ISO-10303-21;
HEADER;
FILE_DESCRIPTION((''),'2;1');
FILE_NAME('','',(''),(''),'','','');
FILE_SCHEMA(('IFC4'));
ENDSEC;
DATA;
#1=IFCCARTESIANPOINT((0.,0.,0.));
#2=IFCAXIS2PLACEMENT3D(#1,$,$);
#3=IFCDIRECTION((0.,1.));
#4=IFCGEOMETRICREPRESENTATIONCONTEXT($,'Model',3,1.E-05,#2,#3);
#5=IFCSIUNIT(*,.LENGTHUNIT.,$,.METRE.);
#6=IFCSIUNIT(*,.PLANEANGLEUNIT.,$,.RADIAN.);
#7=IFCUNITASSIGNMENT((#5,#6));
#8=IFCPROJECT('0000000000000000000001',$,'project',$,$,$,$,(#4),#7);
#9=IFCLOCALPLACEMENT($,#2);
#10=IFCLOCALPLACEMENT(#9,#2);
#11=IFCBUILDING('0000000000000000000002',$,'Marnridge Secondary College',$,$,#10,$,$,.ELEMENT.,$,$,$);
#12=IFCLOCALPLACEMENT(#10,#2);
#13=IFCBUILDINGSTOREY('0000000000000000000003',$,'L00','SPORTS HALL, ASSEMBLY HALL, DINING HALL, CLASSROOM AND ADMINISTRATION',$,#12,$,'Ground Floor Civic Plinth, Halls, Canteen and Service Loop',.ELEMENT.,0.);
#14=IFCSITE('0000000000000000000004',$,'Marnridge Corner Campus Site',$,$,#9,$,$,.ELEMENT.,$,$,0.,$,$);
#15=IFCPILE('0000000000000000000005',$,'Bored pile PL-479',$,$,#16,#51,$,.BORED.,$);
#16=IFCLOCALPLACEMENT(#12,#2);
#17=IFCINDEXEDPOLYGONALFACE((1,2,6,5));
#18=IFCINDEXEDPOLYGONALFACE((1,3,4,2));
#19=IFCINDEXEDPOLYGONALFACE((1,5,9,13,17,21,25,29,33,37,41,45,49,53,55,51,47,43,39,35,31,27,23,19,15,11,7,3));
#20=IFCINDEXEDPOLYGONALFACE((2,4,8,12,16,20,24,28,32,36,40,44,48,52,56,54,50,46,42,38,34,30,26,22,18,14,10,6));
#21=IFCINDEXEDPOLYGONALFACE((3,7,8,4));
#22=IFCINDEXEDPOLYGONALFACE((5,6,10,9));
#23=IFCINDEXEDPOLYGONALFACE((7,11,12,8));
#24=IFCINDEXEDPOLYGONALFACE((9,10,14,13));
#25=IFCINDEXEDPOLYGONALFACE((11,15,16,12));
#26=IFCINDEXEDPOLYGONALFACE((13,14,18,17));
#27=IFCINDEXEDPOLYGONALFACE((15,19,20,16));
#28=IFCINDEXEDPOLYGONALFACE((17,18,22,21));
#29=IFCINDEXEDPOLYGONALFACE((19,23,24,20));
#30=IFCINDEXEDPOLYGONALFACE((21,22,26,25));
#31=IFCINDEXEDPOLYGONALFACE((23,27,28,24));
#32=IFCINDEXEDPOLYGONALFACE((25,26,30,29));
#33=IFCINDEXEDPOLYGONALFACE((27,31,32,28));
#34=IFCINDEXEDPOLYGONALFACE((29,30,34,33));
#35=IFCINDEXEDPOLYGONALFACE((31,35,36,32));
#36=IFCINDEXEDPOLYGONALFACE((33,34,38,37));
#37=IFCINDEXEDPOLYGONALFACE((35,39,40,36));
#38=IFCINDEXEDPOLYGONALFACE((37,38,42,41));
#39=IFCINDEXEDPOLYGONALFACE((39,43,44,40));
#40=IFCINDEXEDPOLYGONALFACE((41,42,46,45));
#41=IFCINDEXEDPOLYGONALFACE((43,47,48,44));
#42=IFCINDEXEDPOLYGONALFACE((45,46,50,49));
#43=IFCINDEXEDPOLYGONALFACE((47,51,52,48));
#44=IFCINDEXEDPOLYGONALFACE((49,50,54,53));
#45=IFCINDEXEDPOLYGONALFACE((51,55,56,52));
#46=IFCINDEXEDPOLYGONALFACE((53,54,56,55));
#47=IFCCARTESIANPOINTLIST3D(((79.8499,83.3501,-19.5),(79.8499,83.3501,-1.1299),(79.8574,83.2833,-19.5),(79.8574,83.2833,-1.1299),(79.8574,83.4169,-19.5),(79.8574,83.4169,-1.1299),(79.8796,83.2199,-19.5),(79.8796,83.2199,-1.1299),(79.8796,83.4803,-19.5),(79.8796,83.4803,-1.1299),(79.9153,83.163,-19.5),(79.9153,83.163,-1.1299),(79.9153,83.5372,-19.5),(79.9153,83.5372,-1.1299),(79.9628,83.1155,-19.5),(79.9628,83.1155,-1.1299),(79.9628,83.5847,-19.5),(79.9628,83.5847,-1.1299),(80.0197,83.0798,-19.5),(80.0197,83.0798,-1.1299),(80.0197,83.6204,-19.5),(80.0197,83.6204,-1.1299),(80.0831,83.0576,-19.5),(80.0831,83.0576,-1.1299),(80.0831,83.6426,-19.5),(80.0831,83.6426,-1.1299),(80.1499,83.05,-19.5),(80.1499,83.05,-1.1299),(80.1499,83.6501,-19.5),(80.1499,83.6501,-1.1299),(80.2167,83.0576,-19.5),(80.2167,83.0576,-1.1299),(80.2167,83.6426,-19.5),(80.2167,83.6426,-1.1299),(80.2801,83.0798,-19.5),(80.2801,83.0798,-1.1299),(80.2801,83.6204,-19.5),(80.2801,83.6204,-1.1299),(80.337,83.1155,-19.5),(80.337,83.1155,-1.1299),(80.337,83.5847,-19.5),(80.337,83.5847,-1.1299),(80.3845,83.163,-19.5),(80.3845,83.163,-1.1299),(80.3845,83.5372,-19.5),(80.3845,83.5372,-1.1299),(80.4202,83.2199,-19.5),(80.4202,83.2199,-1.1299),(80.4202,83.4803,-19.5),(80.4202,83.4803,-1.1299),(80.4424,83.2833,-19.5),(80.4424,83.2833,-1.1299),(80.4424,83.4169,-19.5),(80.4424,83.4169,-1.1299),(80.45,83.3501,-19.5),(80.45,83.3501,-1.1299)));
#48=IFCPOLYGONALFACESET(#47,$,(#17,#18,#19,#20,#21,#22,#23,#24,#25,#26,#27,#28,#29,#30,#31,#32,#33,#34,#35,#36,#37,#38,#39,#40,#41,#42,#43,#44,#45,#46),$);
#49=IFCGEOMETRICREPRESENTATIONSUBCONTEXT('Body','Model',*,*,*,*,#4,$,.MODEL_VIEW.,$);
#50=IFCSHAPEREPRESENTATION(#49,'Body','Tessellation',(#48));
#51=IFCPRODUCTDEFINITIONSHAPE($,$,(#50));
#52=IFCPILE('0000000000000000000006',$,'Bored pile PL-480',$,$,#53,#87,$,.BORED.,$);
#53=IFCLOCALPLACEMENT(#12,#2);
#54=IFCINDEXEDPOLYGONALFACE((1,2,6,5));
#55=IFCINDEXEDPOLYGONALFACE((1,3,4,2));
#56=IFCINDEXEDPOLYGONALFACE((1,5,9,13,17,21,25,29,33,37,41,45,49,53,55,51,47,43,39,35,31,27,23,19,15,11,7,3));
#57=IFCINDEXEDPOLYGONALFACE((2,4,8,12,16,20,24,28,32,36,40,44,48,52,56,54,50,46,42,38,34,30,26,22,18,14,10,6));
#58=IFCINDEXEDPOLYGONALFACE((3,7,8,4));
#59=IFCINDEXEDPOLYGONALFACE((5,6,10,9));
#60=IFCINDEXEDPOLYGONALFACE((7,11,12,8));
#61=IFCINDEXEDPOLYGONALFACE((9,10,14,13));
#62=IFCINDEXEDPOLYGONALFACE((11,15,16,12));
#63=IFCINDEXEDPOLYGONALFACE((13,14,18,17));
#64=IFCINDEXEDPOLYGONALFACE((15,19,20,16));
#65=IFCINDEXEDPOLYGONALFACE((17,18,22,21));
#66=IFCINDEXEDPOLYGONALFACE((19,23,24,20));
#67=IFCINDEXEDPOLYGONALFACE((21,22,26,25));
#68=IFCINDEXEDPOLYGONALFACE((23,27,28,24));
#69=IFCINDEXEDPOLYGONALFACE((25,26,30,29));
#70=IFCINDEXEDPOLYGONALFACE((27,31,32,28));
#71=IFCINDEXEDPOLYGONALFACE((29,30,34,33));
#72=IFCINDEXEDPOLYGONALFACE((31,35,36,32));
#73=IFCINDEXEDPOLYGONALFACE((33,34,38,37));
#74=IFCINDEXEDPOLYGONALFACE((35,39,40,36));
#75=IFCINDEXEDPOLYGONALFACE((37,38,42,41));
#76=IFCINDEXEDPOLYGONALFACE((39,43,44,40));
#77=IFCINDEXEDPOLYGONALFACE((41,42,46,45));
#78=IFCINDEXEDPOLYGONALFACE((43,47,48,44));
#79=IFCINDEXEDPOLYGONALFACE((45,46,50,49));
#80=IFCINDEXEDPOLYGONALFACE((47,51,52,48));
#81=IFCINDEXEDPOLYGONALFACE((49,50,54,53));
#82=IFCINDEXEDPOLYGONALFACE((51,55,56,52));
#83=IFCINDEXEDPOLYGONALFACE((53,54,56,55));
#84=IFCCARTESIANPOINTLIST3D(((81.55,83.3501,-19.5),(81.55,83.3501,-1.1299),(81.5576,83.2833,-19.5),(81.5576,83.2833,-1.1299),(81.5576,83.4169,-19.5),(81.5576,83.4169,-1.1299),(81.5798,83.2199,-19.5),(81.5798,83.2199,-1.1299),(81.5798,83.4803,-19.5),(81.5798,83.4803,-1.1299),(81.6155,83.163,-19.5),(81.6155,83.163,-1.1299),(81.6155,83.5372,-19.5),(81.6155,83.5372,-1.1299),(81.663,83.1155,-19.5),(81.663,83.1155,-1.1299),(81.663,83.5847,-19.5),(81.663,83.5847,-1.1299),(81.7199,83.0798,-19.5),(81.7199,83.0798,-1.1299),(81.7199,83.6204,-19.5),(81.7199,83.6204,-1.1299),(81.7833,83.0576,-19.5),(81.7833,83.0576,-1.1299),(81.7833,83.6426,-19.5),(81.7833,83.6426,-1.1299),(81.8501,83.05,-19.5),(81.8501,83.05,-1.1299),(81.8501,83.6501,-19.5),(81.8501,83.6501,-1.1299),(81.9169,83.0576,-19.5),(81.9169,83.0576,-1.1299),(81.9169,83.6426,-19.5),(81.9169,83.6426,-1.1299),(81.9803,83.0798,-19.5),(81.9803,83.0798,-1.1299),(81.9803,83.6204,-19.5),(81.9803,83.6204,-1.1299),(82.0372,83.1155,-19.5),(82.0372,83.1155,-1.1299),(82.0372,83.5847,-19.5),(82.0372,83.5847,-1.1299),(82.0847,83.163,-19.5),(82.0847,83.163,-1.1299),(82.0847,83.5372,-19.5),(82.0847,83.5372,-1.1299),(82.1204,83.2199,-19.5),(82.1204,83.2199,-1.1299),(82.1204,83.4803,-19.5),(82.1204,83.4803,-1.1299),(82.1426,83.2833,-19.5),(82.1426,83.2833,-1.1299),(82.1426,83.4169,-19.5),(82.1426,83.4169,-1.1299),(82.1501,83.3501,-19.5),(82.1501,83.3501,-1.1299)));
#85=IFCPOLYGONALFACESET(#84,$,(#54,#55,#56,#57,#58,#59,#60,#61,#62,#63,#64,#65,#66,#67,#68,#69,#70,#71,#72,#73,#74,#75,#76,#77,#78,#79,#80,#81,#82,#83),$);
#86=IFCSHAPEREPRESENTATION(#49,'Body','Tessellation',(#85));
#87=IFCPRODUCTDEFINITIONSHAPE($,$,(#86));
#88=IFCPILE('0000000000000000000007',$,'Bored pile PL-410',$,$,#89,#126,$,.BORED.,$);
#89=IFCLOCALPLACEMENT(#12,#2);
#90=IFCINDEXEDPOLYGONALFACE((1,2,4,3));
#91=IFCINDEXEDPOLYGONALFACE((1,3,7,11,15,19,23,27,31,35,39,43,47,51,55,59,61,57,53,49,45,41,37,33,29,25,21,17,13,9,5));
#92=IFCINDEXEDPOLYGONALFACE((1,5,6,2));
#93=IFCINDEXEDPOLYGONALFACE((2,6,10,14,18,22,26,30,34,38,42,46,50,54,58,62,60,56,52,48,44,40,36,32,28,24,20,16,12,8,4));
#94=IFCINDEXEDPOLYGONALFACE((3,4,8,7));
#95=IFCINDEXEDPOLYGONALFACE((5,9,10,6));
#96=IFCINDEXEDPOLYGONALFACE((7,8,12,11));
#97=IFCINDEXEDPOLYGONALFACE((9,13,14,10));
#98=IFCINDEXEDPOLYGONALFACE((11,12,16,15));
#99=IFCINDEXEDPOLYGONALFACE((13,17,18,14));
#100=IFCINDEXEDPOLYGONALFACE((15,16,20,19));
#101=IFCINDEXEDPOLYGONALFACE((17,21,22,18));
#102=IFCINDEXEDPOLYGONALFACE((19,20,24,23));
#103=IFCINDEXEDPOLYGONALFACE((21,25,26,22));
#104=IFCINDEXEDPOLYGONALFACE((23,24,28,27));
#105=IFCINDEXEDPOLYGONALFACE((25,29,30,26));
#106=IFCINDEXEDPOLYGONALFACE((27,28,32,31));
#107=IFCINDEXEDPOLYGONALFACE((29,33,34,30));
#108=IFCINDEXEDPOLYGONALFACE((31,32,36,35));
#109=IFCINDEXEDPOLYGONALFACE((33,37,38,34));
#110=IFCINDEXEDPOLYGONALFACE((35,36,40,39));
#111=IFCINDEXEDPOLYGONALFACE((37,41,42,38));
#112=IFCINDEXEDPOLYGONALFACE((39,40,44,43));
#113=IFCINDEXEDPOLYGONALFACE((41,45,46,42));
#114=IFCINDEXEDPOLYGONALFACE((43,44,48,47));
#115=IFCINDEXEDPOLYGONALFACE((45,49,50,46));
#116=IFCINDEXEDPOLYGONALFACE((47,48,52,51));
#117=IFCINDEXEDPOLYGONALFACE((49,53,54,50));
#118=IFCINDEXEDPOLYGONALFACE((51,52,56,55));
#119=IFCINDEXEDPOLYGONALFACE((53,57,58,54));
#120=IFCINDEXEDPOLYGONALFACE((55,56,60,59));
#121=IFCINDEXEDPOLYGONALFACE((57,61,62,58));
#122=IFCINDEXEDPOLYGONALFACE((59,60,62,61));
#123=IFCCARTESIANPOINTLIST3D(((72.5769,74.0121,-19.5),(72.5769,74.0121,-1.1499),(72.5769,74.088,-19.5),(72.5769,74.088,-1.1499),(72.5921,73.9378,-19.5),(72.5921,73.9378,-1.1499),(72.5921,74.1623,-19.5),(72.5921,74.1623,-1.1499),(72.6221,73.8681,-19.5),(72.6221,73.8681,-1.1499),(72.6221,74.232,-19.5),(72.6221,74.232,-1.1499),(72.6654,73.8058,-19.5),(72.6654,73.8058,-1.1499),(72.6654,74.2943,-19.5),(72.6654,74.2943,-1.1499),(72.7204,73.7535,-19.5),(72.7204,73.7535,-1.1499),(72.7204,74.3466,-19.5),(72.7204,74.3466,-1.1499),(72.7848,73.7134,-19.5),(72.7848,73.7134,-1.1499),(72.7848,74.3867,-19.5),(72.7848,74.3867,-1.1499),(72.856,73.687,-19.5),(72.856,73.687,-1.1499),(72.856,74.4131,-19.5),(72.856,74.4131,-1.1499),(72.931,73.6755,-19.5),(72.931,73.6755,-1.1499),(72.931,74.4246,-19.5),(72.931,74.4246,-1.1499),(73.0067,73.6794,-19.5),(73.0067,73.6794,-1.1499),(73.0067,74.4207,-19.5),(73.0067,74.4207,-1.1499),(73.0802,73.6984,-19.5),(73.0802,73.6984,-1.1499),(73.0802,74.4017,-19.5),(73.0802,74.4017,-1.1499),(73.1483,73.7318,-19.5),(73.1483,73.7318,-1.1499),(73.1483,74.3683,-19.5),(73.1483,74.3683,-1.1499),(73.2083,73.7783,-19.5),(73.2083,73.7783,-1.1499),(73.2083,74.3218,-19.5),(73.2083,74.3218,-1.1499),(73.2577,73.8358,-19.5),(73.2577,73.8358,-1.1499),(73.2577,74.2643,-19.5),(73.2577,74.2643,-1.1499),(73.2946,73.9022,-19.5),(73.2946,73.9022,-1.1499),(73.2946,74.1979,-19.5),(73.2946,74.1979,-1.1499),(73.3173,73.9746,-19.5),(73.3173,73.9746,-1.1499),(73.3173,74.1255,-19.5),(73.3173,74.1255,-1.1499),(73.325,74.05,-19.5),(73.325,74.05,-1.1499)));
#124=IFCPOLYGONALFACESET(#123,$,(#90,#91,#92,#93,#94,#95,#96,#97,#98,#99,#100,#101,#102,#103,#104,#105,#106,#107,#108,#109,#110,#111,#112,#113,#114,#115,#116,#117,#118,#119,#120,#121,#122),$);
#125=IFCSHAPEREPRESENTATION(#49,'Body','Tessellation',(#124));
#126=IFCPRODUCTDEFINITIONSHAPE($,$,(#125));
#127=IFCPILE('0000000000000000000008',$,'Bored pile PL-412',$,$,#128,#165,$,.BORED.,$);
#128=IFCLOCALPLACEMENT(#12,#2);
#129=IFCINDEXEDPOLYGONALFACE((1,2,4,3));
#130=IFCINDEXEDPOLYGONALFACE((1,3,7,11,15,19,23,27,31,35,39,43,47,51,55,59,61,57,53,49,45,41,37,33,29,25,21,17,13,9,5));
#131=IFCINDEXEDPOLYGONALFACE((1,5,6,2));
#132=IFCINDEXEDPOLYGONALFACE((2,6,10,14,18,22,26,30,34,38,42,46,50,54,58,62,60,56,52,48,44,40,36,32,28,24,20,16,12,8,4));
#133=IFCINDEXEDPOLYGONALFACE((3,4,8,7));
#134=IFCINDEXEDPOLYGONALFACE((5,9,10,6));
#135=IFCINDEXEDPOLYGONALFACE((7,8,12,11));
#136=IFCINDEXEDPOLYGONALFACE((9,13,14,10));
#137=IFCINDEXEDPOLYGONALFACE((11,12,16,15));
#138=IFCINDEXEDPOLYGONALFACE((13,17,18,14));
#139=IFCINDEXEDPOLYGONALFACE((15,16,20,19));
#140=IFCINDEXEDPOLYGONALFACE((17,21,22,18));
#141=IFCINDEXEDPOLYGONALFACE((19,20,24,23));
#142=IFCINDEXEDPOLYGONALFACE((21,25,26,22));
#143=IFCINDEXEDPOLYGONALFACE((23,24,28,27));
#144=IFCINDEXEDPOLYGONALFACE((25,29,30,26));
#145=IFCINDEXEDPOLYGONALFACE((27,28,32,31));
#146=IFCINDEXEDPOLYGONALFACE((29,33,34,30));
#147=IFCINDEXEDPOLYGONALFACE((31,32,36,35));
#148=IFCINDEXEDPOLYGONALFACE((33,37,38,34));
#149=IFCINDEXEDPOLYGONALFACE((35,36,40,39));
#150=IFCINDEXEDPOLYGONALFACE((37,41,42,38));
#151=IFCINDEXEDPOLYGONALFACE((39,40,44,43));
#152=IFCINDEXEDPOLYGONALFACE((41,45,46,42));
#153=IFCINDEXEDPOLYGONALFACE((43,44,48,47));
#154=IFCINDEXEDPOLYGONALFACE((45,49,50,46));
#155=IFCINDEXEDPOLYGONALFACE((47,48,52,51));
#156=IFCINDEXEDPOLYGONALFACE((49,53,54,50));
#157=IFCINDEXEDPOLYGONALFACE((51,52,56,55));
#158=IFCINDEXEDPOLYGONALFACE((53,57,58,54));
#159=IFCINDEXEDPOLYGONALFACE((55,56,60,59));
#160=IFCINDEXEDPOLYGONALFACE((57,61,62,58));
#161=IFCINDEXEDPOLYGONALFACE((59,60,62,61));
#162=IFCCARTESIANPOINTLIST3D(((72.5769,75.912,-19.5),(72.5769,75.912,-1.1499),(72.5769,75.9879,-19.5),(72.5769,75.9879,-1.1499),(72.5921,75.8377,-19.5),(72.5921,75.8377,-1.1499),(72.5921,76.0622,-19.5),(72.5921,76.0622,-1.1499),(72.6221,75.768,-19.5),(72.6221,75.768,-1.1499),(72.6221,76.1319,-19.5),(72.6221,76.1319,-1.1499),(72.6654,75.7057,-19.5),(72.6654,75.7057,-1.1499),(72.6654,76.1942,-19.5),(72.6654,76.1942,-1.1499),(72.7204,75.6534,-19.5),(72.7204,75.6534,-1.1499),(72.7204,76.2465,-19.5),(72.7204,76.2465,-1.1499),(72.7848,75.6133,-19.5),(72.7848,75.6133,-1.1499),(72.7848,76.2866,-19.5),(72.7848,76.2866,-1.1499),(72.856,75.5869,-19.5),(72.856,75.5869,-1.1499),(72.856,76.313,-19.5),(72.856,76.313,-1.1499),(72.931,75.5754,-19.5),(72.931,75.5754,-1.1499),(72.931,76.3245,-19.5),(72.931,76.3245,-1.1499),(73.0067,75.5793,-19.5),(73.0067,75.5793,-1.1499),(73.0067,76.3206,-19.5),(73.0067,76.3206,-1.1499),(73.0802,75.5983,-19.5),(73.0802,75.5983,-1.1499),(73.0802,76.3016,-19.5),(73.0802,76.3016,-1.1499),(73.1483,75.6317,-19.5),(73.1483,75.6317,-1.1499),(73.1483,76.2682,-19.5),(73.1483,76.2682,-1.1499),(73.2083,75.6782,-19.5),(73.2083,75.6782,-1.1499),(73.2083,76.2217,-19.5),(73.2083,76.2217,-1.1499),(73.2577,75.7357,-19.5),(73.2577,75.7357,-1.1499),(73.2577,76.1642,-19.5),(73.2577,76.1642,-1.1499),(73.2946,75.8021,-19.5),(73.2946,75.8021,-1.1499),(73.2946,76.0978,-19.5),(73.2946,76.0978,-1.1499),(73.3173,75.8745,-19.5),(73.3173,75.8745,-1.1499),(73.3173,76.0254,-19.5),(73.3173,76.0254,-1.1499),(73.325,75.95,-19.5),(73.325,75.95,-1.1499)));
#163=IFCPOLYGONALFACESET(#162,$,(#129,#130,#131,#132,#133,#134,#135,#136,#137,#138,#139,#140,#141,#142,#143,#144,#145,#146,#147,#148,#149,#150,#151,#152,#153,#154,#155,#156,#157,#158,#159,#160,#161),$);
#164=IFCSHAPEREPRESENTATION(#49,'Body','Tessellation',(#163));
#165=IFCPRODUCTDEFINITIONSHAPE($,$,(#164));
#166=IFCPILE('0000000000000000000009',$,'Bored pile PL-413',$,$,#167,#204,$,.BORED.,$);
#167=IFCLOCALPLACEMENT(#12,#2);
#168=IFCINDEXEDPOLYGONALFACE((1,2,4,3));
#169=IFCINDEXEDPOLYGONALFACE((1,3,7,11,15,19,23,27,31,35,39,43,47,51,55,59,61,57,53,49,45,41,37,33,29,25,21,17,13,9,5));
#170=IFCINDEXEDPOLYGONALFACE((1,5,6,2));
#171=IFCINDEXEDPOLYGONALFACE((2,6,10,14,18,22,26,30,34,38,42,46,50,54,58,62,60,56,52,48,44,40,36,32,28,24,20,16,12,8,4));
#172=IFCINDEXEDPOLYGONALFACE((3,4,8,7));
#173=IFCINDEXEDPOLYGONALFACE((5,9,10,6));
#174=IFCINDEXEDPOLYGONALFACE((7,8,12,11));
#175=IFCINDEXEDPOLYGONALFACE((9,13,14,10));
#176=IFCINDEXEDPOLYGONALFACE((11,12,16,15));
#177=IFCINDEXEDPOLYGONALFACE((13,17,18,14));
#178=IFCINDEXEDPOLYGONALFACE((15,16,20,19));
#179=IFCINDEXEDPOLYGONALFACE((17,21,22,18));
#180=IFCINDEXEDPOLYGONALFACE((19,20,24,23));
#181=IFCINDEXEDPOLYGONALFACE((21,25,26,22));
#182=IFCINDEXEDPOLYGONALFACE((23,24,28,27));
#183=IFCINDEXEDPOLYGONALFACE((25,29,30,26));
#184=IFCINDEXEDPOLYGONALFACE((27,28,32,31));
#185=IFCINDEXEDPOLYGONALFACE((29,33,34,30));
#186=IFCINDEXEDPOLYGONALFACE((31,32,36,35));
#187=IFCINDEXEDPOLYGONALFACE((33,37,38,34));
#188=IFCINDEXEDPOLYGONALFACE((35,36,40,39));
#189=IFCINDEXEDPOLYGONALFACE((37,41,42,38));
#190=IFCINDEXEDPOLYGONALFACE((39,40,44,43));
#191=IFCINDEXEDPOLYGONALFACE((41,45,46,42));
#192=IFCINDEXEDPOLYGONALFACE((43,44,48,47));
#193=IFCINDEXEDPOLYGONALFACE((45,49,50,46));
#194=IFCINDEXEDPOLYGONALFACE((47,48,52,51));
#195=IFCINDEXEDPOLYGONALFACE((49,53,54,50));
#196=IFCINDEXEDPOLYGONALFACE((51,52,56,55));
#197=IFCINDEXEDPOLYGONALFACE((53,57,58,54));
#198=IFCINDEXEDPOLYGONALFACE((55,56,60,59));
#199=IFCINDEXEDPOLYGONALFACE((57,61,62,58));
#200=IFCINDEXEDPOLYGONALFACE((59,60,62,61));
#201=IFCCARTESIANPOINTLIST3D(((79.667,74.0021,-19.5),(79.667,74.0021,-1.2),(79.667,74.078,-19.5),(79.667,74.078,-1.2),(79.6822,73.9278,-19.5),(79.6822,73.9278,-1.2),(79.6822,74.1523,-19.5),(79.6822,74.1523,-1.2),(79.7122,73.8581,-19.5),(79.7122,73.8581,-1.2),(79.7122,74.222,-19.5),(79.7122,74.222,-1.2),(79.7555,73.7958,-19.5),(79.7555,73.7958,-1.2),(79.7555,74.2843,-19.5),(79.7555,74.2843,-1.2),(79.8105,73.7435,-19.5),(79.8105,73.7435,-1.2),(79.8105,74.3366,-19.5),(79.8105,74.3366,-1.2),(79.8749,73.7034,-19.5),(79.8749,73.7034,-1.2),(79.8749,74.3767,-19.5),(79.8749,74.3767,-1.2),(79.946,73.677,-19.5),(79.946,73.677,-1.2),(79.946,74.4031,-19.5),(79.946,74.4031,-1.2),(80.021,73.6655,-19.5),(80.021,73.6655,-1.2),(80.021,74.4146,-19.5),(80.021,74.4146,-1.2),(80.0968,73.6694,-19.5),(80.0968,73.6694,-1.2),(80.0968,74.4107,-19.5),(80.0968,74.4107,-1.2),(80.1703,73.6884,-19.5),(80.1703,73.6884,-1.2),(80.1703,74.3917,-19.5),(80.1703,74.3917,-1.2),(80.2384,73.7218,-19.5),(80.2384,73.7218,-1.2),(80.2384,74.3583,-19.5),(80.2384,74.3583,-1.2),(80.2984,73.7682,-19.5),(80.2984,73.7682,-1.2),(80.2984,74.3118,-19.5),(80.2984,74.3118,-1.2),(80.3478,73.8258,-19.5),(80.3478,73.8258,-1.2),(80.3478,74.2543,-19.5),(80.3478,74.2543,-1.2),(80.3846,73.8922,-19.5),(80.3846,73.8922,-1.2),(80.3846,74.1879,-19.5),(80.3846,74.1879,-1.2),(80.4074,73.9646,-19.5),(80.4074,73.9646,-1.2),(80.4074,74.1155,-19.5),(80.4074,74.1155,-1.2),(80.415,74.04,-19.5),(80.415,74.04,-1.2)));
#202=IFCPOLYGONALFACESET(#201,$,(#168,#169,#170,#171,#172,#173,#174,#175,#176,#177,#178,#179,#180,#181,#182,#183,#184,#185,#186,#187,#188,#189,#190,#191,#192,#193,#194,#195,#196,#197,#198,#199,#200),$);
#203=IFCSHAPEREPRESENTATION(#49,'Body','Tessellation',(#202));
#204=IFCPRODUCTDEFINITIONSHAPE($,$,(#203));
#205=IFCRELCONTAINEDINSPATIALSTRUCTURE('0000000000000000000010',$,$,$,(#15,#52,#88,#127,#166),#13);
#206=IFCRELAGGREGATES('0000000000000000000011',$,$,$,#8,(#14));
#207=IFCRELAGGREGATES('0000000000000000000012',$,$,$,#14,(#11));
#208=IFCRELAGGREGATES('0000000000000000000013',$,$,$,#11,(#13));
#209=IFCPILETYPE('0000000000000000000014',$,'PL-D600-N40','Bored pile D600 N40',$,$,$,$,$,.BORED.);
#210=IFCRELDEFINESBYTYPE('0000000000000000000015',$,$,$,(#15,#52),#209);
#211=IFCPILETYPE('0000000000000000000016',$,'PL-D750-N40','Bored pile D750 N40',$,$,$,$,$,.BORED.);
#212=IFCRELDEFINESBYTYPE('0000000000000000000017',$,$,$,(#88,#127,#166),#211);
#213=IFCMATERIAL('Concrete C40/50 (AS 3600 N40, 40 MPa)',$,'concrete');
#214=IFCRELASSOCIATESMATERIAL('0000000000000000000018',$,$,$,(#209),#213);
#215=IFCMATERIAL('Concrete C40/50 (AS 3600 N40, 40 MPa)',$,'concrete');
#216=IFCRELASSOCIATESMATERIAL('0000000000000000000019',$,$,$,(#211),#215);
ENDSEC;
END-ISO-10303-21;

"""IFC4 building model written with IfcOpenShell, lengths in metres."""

from ifc_helpers import new_model, si_unit, direction, frame, origin, origin_2d, place, context, subcontext, project, spatial, circle, extrude, material, material_profile, profile_set, type_object, element, save


model = new_model("IFC4")

# Units and contexts
model_context = context("Model", 3, precision=1e-05, world=origin(), true_north=direction((0.0, 1.0)))
body_context = subcontext(model_context, "Body", "Model", "MODEL_VIEW")
ifc_project = project(units=[si_unit("LENGTHUNIT", "METRE"), si_unit("PLANEANGLEUNIT", "RADIAN")], contexts=[model_context])

# Site, building, storey
site_placement = place(None, origin())
site = spatial("IfcSite", under=ifc_project, at=site_placement, Name="Marnridge Corner Campus Site", CompositionType="ELEMENT", RefElevation=0.0)
building_placement = place(site_placement, origin())
building = spatial("IfcBuilding", under=site, at=building_placement, Name="Marnridge Secondary College", CompositionType="ELEMENT")
storey_placement = place(building_placement, origin())
storey = spatial("IfcBuildingStorey", under=building, at=storey_placement, Name="L00", Description="SPORTS HALL, ASSEMBLY HALL, DINING HALL, CLASSROOM AND ADMINISTRATION", LongName="Ground Floor Civic Plinth, Halls, Canteen and Service Loop", CompositionType="ELEMENT", Elevation=0.0)

# Piles
ifc_material_1 = material(Name="Concrete C40/50 (AS 3600 N40, 40 MPa)", Category="concrete")
ifc_material_profile_1 = material_profile(ifc_material_1, circle(Radius=0.3, at=origin_2d()), Name="PILE D600")
ifc_profile_set_1 = profile_set([ifc_material_profile_1], Name="Concrete C40/50 (AS 3600 N40, 40 MPa)")
pile_type_1 = type_object("IfcPileType", Name="PL-D600-N40", Description="Bored pile D600 N40", PredefinedType="BORED", material=ifc_profile_set_1)
for number, where, z_axis, x_axis, name in (
    (1, (80.1499, 83.3501, -1.1299), (0.0, 0.0, -1.0), (1.0, 0.0, 0.0), "Bored pile PL-479"),
    (2, (81.8501, 83.3501, -1.1299), (0.0, 0.0, -1.0), (1.0, 0.0, 0.0), "Bored pile PL-480"),
):
    element("IfcPile", number, at=place(storey_placement, frame(where, z_axis=z_axis, x_axis=x_axis)), inside=storey, type_object=pile_type_1, Name=name, PredefinedType="BORED", context=body_context, shape_type="SweptSolid", body=[
        extrude(circle(Radius=0.3, at=origin_2d()), origin(), (0.0, 0.0, 1.0), 18.3701),
    ])
ifc_material_2 = material(Name="Concrete C40/50 (AS 3600 N40, 40 MPa)", Category="concrete")
ifc_material_profile_2 = material_profile(ifc_material_2, circle(Radius=0.375, at=origin_2d()), Name="PILE D750")
ifc_profile_set_2 = profile_set([ifc_material_profile_2], Name="Concrete C40/50 (AS 3600 N40, 40 MPa)")
pile_type_2 = type_object("IfcPileType", Name="PL-D750-N40", Description="Bored pile D750 N40", PredefinedType="BORED", material=ifc_profile_set_2)
for number, where, z_axis, x_axis, name in (
    (3, (72.95, 74.05, -1.1499), (0.0, 0.0, -1.0), (1.0, 0.0, 0.0), "Bored pile PL-410"),
    (4, (72.95, 75.95, -1.1499), (0.0, 0.0, -1.0), (1.0, 0.0, 0.0), "Bored pile PL-412"),
):
    element("IfcPile", number, at=place(storey_placement, frame(where, z_axis=z_axis, x_axis=x_axis)), inside=storey, type_object=pile_type_2, Name=name, PredefinedType="BORED", context=body_context, shape_type="SweptSolid", body=[
        extrude(circle(Radius=0.375, at=origin_2d()), origin(), (0.0, 0.0, 1.0), 18.3501),
    ])
for number, where, z_axis, x_axis, name in (
    (5, (80.04, 74.04, -1.2), (0.0, 0.0, -1.0), (1.0, 0.0, 0.0), "Bored pile PL-413"),
):
    element("IfcPile", number, at=place(storey_placement, frame(where, z_axis=z_axis, x_axis=x_axis)), inside=storey, type_object=pile_type_2, Name=name, PredefinedType="BORED", context=body_context, shape_type="SweptSolid", body=[
        extrude(circle(Radius=0.375, at=origin_2d()), origin(), (0.0, 0.0, 1.0), 18.3),
    ])

save(model, "model.ifc")
